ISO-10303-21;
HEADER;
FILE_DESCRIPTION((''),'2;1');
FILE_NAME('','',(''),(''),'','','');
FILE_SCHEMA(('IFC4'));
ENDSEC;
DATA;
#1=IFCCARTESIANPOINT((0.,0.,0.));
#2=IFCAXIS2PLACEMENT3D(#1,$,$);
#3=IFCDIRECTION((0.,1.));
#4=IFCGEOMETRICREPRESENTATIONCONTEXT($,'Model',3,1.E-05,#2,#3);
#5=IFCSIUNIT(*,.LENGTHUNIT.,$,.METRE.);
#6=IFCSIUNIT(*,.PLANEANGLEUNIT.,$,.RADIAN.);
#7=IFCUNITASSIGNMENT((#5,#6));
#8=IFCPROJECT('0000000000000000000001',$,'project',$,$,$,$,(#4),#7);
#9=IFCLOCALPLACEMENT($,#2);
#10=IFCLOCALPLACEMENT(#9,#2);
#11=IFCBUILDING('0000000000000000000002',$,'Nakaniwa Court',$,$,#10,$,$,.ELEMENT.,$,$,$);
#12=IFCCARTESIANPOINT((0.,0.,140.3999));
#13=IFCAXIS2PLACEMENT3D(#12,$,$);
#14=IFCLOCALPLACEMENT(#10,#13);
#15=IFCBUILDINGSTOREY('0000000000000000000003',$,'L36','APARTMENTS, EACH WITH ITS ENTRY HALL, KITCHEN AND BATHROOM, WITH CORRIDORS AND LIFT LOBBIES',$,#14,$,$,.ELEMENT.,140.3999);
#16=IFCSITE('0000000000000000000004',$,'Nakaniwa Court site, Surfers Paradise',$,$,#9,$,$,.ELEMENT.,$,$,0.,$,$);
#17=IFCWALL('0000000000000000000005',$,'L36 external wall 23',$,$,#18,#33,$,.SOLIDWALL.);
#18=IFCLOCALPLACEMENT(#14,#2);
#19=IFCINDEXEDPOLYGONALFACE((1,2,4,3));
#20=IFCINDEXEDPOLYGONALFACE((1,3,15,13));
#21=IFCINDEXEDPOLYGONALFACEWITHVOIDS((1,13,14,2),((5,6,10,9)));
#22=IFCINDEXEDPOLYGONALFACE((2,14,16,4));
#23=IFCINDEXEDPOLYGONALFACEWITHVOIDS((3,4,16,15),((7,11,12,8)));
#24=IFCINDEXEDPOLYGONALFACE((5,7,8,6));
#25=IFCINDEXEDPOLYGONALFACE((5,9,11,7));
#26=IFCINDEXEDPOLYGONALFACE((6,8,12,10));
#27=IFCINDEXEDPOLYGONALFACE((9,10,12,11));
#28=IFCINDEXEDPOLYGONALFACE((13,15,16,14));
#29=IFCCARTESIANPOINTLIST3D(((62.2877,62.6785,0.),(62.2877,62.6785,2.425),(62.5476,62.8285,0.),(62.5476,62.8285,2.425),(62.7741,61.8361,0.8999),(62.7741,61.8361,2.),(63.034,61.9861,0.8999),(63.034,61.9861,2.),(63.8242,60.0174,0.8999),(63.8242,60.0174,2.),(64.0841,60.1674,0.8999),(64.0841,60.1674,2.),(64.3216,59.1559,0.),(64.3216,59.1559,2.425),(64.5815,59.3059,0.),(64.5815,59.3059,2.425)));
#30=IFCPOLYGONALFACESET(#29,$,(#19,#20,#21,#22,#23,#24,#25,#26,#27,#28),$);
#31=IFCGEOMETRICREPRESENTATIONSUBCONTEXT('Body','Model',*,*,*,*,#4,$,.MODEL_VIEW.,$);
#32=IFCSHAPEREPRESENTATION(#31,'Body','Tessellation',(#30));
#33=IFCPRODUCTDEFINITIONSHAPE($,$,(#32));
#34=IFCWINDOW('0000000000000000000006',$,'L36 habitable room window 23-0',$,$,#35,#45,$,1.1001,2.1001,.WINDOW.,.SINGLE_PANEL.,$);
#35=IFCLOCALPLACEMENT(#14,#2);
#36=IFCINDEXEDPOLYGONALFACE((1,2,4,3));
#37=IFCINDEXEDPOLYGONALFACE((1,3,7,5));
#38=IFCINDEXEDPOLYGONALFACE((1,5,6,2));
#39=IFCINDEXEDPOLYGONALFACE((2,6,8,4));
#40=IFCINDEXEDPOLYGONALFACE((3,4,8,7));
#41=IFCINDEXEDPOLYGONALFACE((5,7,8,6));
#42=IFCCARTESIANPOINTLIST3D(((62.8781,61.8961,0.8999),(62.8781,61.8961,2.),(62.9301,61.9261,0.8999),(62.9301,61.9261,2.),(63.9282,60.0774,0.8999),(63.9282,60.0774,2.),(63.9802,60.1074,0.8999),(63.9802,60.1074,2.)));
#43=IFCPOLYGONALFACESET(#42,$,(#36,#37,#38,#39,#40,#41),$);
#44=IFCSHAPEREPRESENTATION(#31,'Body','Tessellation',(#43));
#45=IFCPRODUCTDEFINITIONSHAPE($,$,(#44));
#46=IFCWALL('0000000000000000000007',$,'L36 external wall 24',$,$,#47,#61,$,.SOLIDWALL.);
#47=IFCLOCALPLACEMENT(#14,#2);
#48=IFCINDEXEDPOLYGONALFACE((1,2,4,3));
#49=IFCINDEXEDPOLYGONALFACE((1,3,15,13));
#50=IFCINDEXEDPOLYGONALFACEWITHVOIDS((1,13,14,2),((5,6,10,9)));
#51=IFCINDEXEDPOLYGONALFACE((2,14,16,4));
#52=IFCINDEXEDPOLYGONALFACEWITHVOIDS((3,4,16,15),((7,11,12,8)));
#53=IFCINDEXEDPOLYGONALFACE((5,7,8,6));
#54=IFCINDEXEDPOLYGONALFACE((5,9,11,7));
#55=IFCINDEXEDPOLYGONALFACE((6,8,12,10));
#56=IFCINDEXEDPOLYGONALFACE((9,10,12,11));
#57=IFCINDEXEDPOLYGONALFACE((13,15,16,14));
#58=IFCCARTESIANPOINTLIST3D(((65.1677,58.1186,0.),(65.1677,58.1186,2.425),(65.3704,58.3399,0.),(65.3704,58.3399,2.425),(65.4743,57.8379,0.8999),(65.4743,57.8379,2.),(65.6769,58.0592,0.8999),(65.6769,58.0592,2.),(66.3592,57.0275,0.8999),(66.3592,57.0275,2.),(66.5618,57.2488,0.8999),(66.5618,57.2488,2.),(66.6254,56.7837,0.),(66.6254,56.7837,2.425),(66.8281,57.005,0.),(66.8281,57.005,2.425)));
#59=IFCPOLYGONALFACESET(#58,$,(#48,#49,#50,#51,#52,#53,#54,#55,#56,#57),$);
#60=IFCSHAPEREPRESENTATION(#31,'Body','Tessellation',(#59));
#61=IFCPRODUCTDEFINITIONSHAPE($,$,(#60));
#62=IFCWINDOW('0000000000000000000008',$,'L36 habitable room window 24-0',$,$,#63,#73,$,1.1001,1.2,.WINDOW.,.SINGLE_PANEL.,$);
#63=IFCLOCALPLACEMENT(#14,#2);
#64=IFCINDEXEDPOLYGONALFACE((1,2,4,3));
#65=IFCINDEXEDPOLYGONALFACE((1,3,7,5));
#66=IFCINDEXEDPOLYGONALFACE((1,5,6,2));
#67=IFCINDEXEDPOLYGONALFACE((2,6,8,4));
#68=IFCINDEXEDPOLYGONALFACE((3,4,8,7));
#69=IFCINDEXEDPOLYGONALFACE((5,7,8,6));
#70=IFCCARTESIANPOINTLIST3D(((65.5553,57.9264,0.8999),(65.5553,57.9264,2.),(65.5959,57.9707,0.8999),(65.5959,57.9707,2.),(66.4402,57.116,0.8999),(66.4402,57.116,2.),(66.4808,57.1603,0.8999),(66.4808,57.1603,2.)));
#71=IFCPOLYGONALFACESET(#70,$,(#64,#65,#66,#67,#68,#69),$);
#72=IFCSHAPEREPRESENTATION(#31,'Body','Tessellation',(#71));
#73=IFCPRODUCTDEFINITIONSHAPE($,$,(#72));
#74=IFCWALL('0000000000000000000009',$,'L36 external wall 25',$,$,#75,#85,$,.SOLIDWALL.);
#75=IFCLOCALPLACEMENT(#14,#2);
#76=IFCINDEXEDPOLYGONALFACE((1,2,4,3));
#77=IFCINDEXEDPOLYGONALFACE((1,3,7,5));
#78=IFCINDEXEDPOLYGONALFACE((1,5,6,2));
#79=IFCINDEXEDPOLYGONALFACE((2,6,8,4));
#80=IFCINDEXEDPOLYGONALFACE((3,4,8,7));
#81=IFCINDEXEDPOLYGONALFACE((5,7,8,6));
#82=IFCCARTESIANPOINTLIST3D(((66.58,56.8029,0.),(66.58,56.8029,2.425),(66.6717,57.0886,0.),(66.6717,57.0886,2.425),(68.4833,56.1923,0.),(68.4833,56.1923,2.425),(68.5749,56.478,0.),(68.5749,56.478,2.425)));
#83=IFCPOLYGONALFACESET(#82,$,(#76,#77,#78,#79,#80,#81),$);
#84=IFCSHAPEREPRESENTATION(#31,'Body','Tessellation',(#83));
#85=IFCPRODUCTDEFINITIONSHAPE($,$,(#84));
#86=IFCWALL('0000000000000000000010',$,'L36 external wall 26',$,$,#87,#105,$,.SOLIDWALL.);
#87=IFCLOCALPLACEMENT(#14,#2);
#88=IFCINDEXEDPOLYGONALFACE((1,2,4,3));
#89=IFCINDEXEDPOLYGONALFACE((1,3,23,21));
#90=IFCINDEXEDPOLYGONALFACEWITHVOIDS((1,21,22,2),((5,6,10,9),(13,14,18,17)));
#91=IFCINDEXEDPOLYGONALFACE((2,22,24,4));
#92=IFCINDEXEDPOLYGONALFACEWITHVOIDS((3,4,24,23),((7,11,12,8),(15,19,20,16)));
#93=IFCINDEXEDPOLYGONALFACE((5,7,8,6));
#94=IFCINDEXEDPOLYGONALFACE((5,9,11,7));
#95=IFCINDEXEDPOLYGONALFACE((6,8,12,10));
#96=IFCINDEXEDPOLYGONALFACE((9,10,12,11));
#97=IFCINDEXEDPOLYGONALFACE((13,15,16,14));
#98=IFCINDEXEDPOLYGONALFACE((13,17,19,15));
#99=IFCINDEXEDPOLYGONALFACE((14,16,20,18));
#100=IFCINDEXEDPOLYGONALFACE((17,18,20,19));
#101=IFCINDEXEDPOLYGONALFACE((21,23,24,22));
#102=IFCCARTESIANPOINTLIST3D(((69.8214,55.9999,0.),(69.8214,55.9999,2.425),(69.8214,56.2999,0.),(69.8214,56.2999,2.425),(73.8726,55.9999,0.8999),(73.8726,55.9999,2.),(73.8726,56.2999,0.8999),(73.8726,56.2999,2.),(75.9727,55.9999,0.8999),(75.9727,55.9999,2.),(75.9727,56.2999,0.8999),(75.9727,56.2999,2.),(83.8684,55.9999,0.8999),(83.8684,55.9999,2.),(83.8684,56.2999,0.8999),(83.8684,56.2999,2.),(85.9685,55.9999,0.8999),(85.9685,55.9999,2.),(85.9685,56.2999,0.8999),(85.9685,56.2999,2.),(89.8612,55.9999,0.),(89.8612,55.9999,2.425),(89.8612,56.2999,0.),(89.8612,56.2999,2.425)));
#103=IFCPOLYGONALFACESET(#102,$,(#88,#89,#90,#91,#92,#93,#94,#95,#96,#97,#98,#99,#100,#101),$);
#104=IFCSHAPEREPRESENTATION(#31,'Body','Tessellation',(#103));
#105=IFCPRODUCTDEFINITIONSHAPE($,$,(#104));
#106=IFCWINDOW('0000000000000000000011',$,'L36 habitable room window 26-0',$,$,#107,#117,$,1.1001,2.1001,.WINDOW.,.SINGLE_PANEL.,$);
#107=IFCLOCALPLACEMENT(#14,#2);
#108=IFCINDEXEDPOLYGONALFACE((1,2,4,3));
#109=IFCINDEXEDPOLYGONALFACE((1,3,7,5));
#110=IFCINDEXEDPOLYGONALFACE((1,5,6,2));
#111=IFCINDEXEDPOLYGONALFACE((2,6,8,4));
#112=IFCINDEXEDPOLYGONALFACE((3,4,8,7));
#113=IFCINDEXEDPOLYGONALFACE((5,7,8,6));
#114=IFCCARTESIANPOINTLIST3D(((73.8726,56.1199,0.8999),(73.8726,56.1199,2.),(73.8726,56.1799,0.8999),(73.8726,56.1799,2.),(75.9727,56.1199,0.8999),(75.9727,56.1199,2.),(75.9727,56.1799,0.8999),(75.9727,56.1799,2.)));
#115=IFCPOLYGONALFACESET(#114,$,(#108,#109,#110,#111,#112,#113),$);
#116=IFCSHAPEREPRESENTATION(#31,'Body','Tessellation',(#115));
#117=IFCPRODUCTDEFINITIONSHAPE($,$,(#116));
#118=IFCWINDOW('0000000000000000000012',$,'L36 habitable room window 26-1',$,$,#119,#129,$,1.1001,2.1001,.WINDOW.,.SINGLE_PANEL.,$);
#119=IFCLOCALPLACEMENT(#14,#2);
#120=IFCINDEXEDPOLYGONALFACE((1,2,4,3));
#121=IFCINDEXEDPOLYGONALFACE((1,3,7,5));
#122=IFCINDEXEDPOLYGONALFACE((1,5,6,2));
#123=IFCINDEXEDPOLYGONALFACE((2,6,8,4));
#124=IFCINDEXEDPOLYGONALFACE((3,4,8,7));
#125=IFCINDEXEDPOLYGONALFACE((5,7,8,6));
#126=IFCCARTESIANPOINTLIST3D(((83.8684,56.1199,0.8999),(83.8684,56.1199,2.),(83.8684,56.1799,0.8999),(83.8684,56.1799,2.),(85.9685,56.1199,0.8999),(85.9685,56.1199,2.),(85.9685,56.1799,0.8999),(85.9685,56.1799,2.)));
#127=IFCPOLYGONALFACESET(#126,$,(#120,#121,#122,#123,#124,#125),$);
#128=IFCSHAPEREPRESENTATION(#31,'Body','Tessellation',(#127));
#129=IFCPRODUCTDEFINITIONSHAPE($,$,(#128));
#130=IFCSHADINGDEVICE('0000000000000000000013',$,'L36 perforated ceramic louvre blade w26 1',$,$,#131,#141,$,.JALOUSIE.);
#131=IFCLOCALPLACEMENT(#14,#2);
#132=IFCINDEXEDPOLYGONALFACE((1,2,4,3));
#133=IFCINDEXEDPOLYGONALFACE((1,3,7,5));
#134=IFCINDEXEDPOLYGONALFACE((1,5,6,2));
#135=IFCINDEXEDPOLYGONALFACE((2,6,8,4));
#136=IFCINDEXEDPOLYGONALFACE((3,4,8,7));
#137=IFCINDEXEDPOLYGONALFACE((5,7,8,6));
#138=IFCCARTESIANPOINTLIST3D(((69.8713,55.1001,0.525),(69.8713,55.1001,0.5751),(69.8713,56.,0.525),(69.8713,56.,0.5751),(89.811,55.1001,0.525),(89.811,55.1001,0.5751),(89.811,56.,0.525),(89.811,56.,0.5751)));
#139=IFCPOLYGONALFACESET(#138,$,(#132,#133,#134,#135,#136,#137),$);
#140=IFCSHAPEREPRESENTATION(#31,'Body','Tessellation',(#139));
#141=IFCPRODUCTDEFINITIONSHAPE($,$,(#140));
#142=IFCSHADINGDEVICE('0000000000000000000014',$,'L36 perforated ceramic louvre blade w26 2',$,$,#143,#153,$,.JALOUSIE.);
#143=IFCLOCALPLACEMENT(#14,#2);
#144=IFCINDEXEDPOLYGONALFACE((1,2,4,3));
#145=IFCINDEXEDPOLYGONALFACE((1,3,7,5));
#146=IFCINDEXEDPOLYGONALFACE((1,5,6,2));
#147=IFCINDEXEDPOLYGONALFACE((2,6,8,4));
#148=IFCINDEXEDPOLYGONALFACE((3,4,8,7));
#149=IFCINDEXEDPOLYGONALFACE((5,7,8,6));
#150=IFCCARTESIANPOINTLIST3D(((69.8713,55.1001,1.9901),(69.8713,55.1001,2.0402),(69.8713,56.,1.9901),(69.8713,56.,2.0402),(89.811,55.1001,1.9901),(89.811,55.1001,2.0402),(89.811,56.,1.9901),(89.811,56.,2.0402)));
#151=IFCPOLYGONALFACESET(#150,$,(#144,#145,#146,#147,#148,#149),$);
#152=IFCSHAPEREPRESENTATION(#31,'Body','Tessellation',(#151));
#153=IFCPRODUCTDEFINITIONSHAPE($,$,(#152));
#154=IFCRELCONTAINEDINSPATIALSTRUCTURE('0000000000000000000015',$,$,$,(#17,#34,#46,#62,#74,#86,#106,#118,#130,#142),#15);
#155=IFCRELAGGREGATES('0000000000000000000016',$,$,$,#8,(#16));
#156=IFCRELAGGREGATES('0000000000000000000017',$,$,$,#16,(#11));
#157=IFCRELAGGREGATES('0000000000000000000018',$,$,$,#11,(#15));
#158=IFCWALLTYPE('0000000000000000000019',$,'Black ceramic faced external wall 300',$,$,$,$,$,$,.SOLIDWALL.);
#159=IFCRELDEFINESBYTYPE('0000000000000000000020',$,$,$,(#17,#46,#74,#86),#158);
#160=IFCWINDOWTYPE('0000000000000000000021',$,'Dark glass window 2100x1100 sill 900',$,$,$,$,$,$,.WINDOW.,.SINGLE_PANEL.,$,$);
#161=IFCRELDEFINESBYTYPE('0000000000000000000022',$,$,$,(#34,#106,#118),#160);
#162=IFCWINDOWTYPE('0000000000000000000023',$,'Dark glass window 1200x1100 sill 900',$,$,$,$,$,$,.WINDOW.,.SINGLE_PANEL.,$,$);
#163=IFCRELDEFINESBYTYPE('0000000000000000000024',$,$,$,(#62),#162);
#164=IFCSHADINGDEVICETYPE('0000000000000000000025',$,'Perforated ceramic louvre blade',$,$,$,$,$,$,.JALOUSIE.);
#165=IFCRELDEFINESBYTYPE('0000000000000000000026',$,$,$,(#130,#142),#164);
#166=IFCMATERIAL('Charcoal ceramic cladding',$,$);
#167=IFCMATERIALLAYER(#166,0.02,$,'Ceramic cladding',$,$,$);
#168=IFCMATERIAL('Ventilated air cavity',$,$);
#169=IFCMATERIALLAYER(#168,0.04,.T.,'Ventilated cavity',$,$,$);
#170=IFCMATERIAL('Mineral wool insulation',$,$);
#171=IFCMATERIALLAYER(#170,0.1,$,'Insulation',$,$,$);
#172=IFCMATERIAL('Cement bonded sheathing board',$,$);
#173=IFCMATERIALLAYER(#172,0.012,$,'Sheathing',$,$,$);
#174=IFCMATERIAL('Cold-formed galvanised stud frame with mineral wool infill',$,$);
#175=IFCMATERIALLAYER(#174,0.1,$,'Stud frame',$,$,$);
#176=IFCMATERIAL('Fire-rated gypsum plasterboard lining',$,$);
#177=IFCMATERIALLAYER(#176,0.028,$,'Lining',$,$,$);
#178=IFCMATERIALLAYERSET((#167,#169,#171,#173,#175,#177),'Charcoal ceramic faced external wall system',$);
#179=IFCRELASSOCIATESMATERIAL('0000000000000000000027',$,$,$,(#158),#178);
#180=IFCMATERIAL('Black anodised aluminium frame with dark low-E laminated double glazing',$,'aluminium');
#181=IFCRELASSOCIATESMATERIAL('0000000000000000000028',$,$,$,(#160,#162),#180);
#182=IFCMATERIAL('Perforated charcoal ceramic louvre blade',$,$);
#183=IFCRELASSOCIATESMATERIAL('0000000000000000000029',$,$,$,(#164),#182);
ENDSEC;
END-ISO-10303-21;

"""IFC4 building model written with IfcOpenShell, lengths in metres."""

from ifc_helpers import new_model, si_unit, direction, frame, frame_2d, origin, origin_2d, place, context, subcontext, project, spatial, rectangle, extrude, material, layer, layer_set, material_profile, profile_set, type_object, element, fill, save


model = new_model("IFC4")

# Units and contexts
model_context = context("Model", 3, precision=1e-05, world=origin(), true_north=direction((0.0, 1.0)))
body_context = subcontext(model_context, "Body", "Model", "MODEL_VIEW")
ifc_project = project(units=[si_unit("LENGTHUNIT", "METRE"), si_unit("PLANEANGLEUNIT", "RADIAN")], contexts=[model_context])

# Site, building, storey
site_placement = place(None, origin())
site = spatial("IfcSite", under=ifc_project, at=site_placement, Name="Nakaniwa Court site, Surfers Paradise", CompositionType="ELEMENT", RefElevation=0.0)
building_placement = place(site_placement, origin())
building = spatial("IfcBuilding", under=site, at=building_placement, Name="Nakaniwa Court", CompositionType="ELEMENT")
storey_placement = place(building_placement, frame((0.0, 0.0, 140.3999)))
storey = spatial("IfcBuildingStorey", under=building, at=storey_placement, Name="L36", Description="APARTMENTS, EACH WITH ITS ENTRY HALL, KITCHEN AND BATHROOM, WITH CORRIDORS AND LIFT LOBBIES", CompositionType="ELEMENT", Elevation=140.3999)

# Walls, openings, windows
ifc_material_1 = material(Name="Charcoal ceramic cladding")
ifc_layer_1 = layer(ifc_material_1, 0.02, Name="Ceramic cladding")
ifc_material_2 = material(Name="Ventilated air cavity")
ifc_layer_2 = layer(ifc_material_2, 0.04, ventilated=True, Name="Ventilated cavity")
ifc_material_3 = material(Name="Mineral wool insulation")
ifc_layer_3 = layer(ifc_material_3, 0.1, Name="Insulation")
ifc_material_4 = material(Name="Cement bonded sheathing board")
ifc_layer_4 = layer(ifc_material_4, 0.012, Name="Sheathing")
ifc_material_5 = material(Name="Cold-formed galvanised stud frame with mineral wool infill")
ifc_layer_5 = layer(ifc_material_5, 0.1, Name="Stud frame")
ifc_material_6 = material(Name="Fire-rated gypsum plasterboard lining")
ifc_layer_6 = layer(ifc_material_6, 0.028, Name="Lining")
ifc_layer_set_1 = layer_set([ifc_layer_1, ifc_layer_2, ifc_layer_3, ifc_layer_4, ifc_layer_5, ifc_layer_6], Name="Charcoal ceramic faced external wall system")
wall_type_1 = type_object("IfcWallType", Name="Black ceramic faced external wall 300", PredefinedType="SOLIDWALL", material=ifc_layer_set_1)
wall_1_placement = place(storey_placement, frame((62.4177, 62.7534, 0.0), z_axis=(0.0, 0.0, 1.0), x_axis=(0.500019, -0.866015, 0.0)))
wall_1 = element("IfcWall", 1, at=wall_1_placement, inside=storey, type_object=wall_type_1, Name="L36 external wall 23", PredefinedType="SOLIDWALL", context=body_context, shape_type="SweptSolid", body=[
    extrude(rectangle(XDim=4.0676, YDim=0.3, at=frame_2d((2.0337, 0.0))), origin(), (0.0, 0.0, 1.0), 2.425),
])
opening_1_placement = place(wall_1_placement, frame((0.9727, 0.0, 0.8999)))
opening_1 = element("IfcOpeningElement", 2, at=opening_1_placement, cuts=wall_1, PredefinedType="OPENING", context=body_context, shape_type="SweptSolid", body=[
    extrude(rectangle(XDim=2.1001, YDim=1.1001, at=frame_2d((1.05, 0.55))), frame((0.0, 0.1599, 0.0), z_axis=(0.0, -1.0, 0.0), x_axis=(1.0, 0.0, 0.0)), (0.0, 0.0, 1.0), 0.3201),
])
ifc_material_7 = material(Name="Black anodised aluminium frame with dark low-E laminated double glazing", Category="aluminium")
window_type_1 = type_object("IfcWindowType", Name="Dark glass window 2100x1100 sill 900", PartitioningType="SINGLE_PANEL", PredefinedType="WINDOW", material=ifc_material_7)
window_1_placement = place(opening_1_placement, origin())
window_1 = element("IfcWindow", 3, at=window_1_placement, inside=storey, type_object=window_type_1, Name="L36 habitable room window 23-0", OverallHeight=1.1001, OverallWidth=2.1001, PartitioningType="SINGLE_PANEL", PredefinedType="WINDOW", context=body_context, shape_type="SweptSolid", body=[
    extrude(rectangle(XDim=2.1001, YDim=1.1001, at=frame_2d((1.05, 0.55))), frame((0.0, 0.03, 0.0), z_axis=(0.0, -1.0, 0.0), x_axis=(1.0, 0.0, 0.0)), (0.0, 0.0, 1.0), 0.0601),
])
fill(opening_1, window_1)
wall_2_placement = place(storey_placement, frame((65.269, 58.2292, 0.0), z_axis=(0.0, 0.0, 1.0), x_axis=(0.737487, -0.675361, 0.0)))
wall_2 = element("IfcWall", 4, at=wall_2_placement, inside=storey, type_object=wall_type_1, Name="L36 external wall 24", PredefinedType="SOLIDWALL", context=body_context, shape_type="SweptSolid", body=[
    extrude(rectangle(XDim=1.9766, YDim=0.3, at=frame_2d((0.9883, 0.0))), origin(), (0.0, 0.0, 1.0), 2.425),
])
opening_2_placement = place(wall_2_placement, frame((0.4155, 0.0, 0.8999)))
opening_2 = element("IfcOpeningElement", 5, at=opening_2_placement, cuts=wall_2, PredefinedType="OPENING", context=body_context, shape_type="SweptSolid", body=[
    extrude(rectangle(XDim=1.2, YDim=1.1001, at=frame_2d((0.6001, 0.55))), frame((0.0, 0.1599, 0.0), z_axis=(0.0, -1.0, 0.0), x_axis=(1.0, 0.0, 0.0)), (0.0, 0.0, 1.0), 0.3201),
])
window_type_2 = type_object("IfcWindowType", Name="Dark glass window 1200x1100 sill 900", PartitioningType="SINGLE_PANEL", PredefinedType="WINDOW", material=ifc_material_7)
window_2_placement = place(opening_2_placement, origin())
window_2 = element("IfcWindow", 6, at=window_2_placement, inside=storey, type_object=window_type_2, Name="L36 habitable room window 24-0", OverallHeight=1.1001, OverallWidth=1.2, PartitioningType="SINGLE_PANEL", PredefinedType="WINDOW", context=body_context, shape_type="SweptSolid", body=[
    extrude(rectangle(XDim=1.2, YDim=1.1001, at=frame_2d((0.6001, 0.55))), frame((0.0, 0.03, 0.0), z_axis=(0.0, -1.0, 0.0), x_axis=(1.0, 0.0, 0.0)), (0.0, 0.0, 1.0), 0.0601),
])
fill(opening_2, window_2)

# Wall
wall_3_placement = place(storey_placement, frame((66.6257, 56.9458, 0.0), z_axis=(0.0, 0.0, 1.0), x_axis=(0.952201, -0.305471, 0.0)))
element("IfcWall", 7, at=wall_3_placement, inside=storey, type_object=wall_type_1, Name="L36 external wall 25", PredefinedType="SOLIDWALL", context=body_context, shape_type="SweptSolid", body=[
    extrude(rectangle(XDim=1.9988, YDim=0.3, at=frame_2d((0.9995, 0.0))), origin(), (0.0, 0.0, 1.0), 2.425),
])

# Wall, openings, windows
wall_4_placement = place(storey_placement, frame((69.8213, 56.1499, 0.0), z_axis=(0.0, 0.0, 1.0), x_axis=(1.0, 0.0, 0.0)))
wall_4 = element("IfcWall", 8, at=wall_4_placement, inside=storey, type_object=wall_type_1, Name="L36 external wall 26", PredefinedType="SOLIDWALL", context=body_context, shape_type="SweptSolid", body=[
    extrude(rectangle(XDim=20.0398, YDim=0.3, at=frame_2d((10.02, 0.0))), origin(), (0.0, 0.0, 1.0), 2.425),
])
opening_3_placement = place(wall_4_placement, frame((4.0513, 0.0, 0.8999)))
opening_3 = element("IfcOpeningElement", 9, at=opening_3_placement, cuts=wall_4, PredefinedType="OPENING", context=body_context, shape_type="SweptSolid", body=[
    extrude(rectangle(XDim=2.1001, YDim=1.1001, at=frame_2d((1.05, 0.55))), frame((0.0, 0.1599, 0.0), z_axis=(0.0, -1.0, 0.0), x_axis=(1.0, 0.0, 0.0)), (0.0, 0.0, 1.0), 0.3201),
])
opening_4_placement = place(wall_4_placement, frame((14.0471, 0.0, 0.8999)))
opening_4 = element("IfcOpeningElement", 10, at=opening_4_placement, cuts=wall_4, PredefinedType="OPENING", context=body_context, shape_type="SweptSolid", body=[
    extrude(rectangle(XDim=2.1001, YDim=1.1001, at=frame_2d((1.05, 0.55))), frame((0.0, 0.1599, 0.0), z_axis=(0.0, -1.0, 0.0), x_axis=(1.0, 0.0, 0.0)), (0.0, 0.0, 1.0), 0.3201),
])
window_3_placement = place(opening_3_placement, origin())
window_3 = element("IfcWindow", 11, at=window_3_placement, inside=storey, type_object=window_type_1, Name="L36 habitable room window 26-0", OverallHeight=1.1001, OverallWidth=2.1001, PartitioningType="SINGLE_PANEL", PredefinedType="WINDOW", context=body_context, shape_type="SweptSolid", body=[
    extrude(rectangle(XDim=2.1001, YDim=1.1001, at=frame_2d((1.05, 0.55))), frame((0.0, 0.03, 0.0), z_axis=(0.0, -1.0, 0.0), x_axis=(1.0, 0.0, 0.0)), (0.0, 0.0, 1.0), 0.0601),
])
fill(opening_3, window_3)
window_4_placement = place(opening_4_placement, origin())
window_4 = element("IfcWindow", 12, at=window_4_placement, inside=storey, type_object=window_type_1, Name="L36 habitable room window 26-1", OverallHeight=1.1001, OverallWidth=2.1001, PartitioningType="SINGLE_PANEL", PredefinedType="WINDOW", context=body_context, shape_type="SweptSolid", body=[
    extrude(rectangle(XDim=2.1001, YDim=1.1001, at=frame_2d((1.05, 0.55))), frame((0.0, 0.03, 0.0), z_axis=(0.0, -1.0, 0.0), x_axis=(1.0, 0.0, 0.0)), (0.0, 0.0, 1.0), 0.0601),
])
fill(opening_4, window_4)

# Shading devices
ifc_material_8 = material(Name="Perforated charcoal ceramic louvre blade")
ifc_material_profile_1 = material_profile(ifc_material_8, rectangle(XDim=0.8999, YDim=0.05, at=origin_2d()), Name="Perforated ceramic louvre blade")
ifc_profile_set_1 = profile_set([ifc_material_profile_1], Name="Perforated charcoal ceramic louvre blade")
shading_device_type = type_object("IfcShadingDeviceType", Name="Perforated ceramic louvre blade", PredefinedType="JALOUSIE", material=ifc_profile_set_1)
for number, where, z_axis, x_axis, name in (
    (13, (69.8713, 55.55, 0.55), (1.0, 0.0, 0.0), (0.0, 1.0, 0.0), "L36 perforated ceramic louvre blade w26 1"),
    (14, (69.8713, 55.55, 2.0151), (1.0, 0.0, 0.0), (0.0, 1.0, 0.0), "L36 perforated ceramic louvre blade w26 2"),
):
    element("IfcShadingDevice", number, at=place(storey_placement, frame(where, z_axis=z_axis, x_axis=x_axis)), inside=storey, type_object=shading_device_type, Name=name, PredefinedType="JALOUSIE", context=body_context, shape_type="SweptSolid", body=[
        extrude(rectangle(XDim=0.8999, YDim=0.05, at=origin_2d()), origin(), (0.0, 0.0, 1.0), 19.9397),
    ])

save(model, "model.ifc")
